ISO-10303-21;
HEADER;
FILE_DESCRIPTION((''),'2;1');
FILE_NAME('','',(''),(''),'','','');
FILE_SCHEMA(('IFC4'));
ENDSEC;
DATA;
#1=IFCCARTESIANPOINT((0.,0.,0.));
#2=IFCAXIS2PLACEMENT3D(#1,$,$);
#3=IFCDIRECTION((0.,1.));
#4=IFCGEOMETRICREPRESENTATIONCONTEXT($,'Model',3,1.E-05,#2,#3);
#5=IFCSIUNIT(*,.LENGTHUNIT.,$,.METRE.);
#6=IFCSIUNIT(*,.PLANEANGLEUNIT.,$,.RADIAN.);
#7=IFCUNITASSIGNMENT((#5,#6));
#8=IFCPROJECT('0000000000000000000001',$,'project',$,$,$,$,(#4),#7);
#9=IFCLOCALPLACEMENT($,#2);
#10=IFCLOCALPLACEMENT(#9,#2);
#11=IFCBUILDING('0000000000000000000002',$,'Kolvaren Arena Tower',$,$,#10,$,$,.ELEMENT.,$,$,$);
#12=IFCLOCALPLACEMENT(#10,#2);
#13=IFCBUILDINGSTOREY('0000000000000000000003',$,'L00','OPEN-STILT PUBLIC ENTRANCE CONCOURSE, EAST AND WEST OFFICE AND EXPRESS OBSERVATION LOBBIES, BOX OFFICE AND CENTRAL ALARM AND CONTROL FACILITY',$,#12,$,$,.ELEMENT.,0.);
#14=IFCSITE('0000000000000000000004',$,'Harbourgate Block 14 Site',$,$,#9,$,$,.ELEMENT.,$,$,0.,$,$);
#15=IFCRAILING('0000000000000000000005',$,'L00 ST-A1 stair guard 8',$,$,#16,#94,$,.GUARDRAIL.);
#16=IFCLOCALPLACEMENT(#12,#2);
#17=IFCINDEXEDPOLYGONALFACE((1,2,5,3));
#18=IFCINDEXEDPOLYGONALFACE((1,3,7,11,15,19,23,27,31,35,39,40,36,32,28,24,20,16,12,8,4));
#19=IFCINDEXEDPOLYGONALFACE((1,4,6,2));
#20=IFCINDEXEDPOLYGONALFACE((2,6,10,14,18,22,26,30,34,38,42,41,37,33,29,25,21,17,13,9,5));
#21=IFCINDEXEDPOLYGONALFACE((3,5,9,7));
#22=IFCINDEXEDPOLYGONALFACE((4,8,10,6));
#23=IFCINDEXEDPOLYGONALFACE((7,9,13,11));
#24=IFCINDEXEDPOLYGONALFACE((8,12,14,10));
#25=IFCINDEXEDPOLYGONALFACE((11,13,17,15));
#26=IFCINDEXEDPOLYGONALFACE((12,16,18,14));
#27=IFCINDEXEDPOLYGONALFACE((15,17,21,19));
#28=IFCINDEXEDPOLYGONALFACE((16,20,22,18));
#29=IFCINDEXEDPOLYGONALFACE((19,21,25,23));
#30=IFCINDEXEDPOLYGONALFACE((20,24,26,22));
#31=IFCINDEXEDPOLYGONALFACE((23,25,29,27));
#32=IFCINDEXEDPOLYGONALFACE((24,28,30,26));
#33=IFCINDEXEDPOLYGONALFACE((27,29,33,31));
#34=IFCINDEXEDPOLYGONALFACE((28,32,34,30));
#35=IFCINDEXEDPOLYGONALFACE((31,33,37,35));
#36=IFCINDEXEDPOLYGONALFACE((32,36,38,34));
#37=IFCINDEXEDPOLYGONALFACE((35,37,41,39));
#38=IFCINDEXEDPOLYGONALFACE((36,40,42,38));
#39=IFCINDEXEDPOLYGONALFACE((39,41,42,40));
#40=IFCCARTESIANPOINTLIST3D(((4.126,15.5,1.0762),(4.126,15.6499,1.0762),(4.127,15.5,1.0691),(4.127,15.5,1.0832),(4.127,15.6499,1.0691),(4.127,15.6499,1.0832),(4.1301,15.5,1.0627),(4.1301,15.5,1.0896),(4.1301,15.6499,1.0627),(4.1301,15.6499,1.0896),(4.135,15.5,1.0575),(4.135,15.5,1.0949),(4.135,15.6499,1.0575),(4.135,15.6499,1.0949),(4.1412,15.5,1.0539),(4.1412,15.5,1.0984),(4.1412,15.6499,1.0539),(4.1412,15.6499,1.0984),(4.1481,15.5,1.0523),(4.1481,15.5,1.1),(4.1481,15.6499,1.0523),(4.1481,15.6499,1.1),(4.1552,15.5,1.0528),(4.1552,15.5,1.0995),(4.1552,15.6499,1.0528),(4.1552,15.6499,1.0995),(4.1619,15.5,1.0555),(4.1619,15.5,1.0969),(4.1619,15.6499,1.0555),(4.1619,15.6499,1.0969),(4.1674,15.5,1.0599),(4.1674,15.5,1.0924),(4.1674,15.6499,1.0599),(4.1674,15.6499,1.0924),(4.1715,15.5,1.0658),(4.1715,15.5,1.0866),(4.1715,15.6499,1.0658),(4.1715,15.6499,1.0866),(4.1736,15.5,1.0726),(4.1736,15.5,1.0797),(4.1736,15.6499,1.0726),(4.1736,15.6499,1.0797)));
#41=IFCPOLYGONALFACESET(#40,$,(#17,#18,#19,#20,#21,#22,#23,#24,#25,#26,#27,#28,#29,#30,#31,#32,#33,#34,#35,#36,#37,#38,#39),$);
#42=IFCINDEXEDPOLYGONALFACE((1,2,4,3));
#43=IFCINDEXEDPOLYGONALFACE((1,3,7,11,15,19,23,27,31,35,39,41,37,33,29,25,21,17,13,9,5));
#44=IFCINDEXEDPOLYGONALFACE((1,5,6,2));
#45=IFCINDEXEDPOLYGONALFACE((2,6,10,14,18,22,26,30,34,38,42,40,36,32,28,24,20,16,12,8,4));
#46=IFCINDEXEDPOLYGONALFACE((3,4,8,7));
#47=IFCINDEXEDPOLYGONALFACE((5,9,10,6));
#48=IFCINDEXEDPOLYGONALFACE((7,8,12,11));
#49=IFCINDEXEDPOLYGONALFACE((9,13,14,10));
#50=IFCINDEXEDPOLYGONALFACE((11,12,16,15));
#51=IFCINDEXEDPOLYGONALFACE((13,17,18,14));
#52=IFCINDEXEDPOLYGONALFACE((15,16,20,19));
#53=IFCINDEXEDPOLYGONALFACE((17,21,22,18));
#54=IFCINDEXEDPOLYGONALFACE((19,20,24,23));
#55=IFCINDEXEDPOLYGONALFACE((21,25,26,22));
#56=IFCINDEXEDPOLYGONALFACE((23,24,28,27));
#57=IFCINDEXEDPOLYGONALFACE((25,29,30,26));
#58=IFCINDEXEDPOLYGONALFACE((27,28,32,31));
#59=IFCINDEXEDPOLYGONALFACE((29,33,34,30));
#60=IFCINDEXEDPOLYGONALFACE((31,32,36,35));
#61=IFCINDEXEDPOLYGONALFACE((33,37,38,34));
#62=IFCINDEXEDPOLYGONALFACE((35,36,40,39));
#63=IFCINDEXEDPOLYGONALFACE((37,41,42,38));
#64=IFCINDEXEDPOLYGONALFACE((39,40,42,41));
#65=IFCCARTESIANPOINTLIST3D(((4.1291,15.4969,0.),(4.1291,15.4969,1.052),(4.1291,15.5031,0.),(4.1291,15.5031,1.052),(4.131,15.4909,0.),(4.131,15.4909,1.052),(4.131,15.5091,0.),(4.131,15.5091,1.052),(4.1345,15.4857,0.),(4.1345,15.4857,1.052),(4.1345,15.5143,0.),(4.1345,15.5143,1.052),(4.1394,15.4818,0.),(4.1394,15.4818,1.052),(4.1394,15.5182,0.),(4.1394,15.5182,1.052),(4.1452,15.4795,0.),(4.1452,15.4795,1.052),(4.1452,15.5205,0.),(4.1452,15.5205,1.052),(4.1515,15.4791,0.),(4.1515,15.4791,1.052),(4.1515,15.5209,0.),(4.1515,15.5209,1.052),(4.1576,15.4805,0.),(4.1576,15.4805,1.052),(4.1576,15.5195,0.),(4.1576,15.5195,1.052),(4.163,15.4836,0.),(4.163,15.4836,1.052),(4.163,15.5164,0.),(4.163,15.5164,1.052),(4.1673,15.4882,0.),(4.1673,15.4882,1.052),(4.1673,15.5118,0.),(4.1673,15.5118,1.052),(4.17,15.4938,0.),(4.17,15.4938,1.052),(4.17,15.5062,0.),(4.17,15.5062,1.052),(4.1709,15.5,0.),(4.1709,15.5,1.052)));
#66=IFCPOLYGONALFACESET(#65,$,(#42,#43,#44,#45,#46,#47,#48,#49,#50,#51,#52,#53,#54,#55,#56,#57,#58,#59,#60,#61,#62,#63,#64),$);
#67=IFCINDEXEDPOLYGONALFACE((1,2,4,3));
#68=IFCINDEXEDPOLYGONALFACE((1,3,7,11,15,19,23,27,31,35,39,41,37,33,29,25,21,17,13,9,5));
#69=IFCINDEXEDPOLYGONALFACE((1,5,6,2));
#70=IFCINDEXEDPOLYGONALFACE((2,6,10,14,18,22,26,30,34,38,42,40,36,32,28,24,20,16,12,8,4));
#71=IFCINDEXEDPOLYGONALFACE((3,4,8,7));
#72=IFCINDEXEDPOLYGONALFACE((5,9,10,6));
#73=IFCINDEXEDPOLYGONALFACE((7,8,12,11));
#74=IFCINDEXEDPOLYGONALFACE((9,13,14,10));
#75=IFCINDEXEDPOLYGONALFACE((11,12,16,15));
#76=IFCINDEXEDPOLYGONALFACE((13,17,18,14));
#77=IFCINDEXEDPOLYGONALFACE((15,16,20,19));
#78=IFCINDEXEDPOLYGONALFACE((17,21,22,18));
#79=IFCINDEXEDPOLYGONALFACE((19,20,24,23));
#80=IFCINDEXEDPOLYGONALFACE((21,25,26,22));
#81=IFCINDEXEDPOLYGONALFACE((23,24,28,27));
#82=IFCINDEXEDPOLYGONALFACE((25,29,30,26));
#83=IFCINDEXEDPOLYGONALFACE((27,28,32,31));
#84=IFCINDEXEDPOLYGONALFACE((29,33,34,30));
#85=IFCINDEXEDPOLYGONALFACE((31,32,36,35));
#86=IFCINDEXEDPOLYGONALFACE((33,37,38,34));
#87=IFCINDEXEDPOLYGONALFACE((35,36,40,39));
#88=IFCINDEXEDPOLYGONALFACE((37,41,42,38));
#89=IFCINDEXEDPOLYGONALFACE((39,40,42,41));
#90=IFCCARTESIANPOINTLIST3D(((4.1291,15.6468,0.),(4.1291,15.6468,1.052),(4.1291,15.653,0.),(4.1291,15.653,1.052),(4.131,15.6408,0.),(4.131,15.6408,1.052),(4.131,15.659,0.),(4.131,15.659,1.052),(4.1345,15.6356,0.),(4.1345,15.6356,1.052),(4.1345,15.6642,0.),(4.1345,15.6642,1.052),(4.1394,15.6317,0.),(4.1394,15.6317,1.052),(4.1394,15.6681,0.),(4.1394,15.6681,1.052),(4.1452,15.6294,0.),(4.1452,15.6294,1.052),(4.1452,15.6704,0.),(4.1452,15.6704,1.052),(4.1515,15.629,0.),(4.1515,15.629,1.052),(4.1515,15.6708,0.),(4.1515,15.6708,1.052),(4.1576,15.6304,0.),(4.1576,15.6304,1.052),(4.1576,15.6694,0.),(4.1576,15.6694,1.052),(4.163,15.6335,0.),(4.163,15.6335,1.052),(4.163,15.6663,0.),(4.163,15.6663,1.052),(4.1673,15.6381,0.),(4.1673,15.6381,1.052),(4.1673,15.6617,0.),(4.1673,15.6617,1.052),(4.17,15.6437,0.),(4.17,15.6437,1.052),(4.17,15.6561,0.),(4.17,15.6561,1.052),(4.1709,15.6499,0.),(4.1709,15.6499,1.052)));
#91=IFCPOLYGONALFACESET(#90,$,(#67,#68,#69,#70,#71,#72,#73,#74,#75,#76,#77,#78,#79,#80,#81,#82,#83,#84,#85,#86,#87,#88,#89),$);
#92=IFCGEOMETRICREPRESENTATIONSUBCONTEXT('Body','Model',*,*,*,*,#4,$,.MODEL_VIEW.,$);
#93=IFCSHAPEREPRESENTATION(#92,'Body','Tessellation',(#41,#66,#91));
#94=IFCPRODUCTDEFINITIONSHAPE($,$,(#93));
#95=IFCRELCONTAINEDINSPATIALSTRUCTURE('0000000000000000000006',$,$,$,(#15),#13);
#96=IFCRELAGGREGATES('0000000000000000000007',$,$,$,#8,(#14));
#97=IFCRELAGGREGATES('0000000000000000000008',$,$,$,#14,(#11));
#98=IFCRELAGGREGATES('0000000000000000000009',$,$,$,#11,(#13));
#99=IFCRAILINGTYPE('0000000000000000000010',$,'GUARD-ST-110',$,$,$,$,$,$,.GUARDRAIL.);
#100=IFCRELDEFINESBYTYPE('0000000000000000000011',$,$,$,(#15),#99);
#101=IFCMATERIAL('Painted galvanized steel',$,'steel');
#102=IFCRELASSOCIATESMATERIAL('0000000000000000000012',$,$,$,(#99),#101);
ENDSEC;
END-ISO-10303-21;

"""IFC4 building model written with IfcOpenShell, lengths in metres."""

from ifc_helpers import new_model, si_unit, direction, frame, origin, origin_2d, place, context, subcontext, project, spatial, circle, extrude, material, type_object, element, save


model = new_model("IFC4")

# Units and contexts
model_context = context("Model", 3, precision=1e-05, world=origin(), true_north=direction((0.0, 1.0)))
body_context = subcontext(model_context, "Body", "Model", "MODEL_VIEW")
ifc_project = project(units=[si_unit("LENGTHUNIT", "METRE"), si_unit("PLANEANGLEUNIT", "RADIAN")], contexts=[model_context])

# Site, building, storey
site_placement = place(None, origin())
site = spatial("IfcSite", under=ifc_project, at=site_placement, Name="Harbourgate Block 14 Site", CompositionType="ELEMENT", RefElevation=0.0)
building_placement = place(site_placement, origin())
building = spatial("IfcBuilding", under=site, at=building_placement, Name="Kolvaren Arena Tower", CompositionType="ELEMENT")
storey_placement = place(building_placement, origin())
storey = spatial("IfcBuildingStorey", under=building, at=storey_placement, Name="L00", Description="OPEN-STILT PUBLIC ENTRANCE CONCOURSE, EAST AND WEST OFFICE AND EXPRESS OBSERVATION LOBBIES, BOX OFFICE AND CENTRAL ALARM AND CONTROL FACILITY", CompositionType="ELEMENT", Elevation=0.0)

# Railing
ifc_material_1 = material(Name="Painted galvanized steel", Category="steel")
railing_type_1 = type_object("IfcRailingType", Name="GUARD-ST-110", PredefinedType="GUARDRAIL", material=ifc_material_1)
railing_1_placement = place(storey_placement, frame((4.1499, 15.5, 0.0)))
element("IfcRailing", 1, at=railing_1_placement, inside=storey, type_object=railing_type_1, Name="L00 ST-A1 stair guard 8", PredefinedType="GUARDRAIL", context=body_context, shape_type="SweptSolid", body=[
    extrude(circle(Radius=0.0239, at=origin_2d()), frame((0.0, 0.0, 1.0762), z_axis=(0.0, 1.0, 0.0), x_axis=(-1.0, 0.0, 0.0)), (0.0, 0.0, 1.0), 0.1499),
    extrude(circle(Radius=0.021, at=origin_2d()), origin(), (0.0, 0.0, 1.0), 1.052),
    extrude(circle(Radius=0.021, at=origin_2d()), frame((0.0, 0.1499, 0.0)), (0.0, 0.0, 1.0), 1.052),
])

save(model, "model.ifc")
